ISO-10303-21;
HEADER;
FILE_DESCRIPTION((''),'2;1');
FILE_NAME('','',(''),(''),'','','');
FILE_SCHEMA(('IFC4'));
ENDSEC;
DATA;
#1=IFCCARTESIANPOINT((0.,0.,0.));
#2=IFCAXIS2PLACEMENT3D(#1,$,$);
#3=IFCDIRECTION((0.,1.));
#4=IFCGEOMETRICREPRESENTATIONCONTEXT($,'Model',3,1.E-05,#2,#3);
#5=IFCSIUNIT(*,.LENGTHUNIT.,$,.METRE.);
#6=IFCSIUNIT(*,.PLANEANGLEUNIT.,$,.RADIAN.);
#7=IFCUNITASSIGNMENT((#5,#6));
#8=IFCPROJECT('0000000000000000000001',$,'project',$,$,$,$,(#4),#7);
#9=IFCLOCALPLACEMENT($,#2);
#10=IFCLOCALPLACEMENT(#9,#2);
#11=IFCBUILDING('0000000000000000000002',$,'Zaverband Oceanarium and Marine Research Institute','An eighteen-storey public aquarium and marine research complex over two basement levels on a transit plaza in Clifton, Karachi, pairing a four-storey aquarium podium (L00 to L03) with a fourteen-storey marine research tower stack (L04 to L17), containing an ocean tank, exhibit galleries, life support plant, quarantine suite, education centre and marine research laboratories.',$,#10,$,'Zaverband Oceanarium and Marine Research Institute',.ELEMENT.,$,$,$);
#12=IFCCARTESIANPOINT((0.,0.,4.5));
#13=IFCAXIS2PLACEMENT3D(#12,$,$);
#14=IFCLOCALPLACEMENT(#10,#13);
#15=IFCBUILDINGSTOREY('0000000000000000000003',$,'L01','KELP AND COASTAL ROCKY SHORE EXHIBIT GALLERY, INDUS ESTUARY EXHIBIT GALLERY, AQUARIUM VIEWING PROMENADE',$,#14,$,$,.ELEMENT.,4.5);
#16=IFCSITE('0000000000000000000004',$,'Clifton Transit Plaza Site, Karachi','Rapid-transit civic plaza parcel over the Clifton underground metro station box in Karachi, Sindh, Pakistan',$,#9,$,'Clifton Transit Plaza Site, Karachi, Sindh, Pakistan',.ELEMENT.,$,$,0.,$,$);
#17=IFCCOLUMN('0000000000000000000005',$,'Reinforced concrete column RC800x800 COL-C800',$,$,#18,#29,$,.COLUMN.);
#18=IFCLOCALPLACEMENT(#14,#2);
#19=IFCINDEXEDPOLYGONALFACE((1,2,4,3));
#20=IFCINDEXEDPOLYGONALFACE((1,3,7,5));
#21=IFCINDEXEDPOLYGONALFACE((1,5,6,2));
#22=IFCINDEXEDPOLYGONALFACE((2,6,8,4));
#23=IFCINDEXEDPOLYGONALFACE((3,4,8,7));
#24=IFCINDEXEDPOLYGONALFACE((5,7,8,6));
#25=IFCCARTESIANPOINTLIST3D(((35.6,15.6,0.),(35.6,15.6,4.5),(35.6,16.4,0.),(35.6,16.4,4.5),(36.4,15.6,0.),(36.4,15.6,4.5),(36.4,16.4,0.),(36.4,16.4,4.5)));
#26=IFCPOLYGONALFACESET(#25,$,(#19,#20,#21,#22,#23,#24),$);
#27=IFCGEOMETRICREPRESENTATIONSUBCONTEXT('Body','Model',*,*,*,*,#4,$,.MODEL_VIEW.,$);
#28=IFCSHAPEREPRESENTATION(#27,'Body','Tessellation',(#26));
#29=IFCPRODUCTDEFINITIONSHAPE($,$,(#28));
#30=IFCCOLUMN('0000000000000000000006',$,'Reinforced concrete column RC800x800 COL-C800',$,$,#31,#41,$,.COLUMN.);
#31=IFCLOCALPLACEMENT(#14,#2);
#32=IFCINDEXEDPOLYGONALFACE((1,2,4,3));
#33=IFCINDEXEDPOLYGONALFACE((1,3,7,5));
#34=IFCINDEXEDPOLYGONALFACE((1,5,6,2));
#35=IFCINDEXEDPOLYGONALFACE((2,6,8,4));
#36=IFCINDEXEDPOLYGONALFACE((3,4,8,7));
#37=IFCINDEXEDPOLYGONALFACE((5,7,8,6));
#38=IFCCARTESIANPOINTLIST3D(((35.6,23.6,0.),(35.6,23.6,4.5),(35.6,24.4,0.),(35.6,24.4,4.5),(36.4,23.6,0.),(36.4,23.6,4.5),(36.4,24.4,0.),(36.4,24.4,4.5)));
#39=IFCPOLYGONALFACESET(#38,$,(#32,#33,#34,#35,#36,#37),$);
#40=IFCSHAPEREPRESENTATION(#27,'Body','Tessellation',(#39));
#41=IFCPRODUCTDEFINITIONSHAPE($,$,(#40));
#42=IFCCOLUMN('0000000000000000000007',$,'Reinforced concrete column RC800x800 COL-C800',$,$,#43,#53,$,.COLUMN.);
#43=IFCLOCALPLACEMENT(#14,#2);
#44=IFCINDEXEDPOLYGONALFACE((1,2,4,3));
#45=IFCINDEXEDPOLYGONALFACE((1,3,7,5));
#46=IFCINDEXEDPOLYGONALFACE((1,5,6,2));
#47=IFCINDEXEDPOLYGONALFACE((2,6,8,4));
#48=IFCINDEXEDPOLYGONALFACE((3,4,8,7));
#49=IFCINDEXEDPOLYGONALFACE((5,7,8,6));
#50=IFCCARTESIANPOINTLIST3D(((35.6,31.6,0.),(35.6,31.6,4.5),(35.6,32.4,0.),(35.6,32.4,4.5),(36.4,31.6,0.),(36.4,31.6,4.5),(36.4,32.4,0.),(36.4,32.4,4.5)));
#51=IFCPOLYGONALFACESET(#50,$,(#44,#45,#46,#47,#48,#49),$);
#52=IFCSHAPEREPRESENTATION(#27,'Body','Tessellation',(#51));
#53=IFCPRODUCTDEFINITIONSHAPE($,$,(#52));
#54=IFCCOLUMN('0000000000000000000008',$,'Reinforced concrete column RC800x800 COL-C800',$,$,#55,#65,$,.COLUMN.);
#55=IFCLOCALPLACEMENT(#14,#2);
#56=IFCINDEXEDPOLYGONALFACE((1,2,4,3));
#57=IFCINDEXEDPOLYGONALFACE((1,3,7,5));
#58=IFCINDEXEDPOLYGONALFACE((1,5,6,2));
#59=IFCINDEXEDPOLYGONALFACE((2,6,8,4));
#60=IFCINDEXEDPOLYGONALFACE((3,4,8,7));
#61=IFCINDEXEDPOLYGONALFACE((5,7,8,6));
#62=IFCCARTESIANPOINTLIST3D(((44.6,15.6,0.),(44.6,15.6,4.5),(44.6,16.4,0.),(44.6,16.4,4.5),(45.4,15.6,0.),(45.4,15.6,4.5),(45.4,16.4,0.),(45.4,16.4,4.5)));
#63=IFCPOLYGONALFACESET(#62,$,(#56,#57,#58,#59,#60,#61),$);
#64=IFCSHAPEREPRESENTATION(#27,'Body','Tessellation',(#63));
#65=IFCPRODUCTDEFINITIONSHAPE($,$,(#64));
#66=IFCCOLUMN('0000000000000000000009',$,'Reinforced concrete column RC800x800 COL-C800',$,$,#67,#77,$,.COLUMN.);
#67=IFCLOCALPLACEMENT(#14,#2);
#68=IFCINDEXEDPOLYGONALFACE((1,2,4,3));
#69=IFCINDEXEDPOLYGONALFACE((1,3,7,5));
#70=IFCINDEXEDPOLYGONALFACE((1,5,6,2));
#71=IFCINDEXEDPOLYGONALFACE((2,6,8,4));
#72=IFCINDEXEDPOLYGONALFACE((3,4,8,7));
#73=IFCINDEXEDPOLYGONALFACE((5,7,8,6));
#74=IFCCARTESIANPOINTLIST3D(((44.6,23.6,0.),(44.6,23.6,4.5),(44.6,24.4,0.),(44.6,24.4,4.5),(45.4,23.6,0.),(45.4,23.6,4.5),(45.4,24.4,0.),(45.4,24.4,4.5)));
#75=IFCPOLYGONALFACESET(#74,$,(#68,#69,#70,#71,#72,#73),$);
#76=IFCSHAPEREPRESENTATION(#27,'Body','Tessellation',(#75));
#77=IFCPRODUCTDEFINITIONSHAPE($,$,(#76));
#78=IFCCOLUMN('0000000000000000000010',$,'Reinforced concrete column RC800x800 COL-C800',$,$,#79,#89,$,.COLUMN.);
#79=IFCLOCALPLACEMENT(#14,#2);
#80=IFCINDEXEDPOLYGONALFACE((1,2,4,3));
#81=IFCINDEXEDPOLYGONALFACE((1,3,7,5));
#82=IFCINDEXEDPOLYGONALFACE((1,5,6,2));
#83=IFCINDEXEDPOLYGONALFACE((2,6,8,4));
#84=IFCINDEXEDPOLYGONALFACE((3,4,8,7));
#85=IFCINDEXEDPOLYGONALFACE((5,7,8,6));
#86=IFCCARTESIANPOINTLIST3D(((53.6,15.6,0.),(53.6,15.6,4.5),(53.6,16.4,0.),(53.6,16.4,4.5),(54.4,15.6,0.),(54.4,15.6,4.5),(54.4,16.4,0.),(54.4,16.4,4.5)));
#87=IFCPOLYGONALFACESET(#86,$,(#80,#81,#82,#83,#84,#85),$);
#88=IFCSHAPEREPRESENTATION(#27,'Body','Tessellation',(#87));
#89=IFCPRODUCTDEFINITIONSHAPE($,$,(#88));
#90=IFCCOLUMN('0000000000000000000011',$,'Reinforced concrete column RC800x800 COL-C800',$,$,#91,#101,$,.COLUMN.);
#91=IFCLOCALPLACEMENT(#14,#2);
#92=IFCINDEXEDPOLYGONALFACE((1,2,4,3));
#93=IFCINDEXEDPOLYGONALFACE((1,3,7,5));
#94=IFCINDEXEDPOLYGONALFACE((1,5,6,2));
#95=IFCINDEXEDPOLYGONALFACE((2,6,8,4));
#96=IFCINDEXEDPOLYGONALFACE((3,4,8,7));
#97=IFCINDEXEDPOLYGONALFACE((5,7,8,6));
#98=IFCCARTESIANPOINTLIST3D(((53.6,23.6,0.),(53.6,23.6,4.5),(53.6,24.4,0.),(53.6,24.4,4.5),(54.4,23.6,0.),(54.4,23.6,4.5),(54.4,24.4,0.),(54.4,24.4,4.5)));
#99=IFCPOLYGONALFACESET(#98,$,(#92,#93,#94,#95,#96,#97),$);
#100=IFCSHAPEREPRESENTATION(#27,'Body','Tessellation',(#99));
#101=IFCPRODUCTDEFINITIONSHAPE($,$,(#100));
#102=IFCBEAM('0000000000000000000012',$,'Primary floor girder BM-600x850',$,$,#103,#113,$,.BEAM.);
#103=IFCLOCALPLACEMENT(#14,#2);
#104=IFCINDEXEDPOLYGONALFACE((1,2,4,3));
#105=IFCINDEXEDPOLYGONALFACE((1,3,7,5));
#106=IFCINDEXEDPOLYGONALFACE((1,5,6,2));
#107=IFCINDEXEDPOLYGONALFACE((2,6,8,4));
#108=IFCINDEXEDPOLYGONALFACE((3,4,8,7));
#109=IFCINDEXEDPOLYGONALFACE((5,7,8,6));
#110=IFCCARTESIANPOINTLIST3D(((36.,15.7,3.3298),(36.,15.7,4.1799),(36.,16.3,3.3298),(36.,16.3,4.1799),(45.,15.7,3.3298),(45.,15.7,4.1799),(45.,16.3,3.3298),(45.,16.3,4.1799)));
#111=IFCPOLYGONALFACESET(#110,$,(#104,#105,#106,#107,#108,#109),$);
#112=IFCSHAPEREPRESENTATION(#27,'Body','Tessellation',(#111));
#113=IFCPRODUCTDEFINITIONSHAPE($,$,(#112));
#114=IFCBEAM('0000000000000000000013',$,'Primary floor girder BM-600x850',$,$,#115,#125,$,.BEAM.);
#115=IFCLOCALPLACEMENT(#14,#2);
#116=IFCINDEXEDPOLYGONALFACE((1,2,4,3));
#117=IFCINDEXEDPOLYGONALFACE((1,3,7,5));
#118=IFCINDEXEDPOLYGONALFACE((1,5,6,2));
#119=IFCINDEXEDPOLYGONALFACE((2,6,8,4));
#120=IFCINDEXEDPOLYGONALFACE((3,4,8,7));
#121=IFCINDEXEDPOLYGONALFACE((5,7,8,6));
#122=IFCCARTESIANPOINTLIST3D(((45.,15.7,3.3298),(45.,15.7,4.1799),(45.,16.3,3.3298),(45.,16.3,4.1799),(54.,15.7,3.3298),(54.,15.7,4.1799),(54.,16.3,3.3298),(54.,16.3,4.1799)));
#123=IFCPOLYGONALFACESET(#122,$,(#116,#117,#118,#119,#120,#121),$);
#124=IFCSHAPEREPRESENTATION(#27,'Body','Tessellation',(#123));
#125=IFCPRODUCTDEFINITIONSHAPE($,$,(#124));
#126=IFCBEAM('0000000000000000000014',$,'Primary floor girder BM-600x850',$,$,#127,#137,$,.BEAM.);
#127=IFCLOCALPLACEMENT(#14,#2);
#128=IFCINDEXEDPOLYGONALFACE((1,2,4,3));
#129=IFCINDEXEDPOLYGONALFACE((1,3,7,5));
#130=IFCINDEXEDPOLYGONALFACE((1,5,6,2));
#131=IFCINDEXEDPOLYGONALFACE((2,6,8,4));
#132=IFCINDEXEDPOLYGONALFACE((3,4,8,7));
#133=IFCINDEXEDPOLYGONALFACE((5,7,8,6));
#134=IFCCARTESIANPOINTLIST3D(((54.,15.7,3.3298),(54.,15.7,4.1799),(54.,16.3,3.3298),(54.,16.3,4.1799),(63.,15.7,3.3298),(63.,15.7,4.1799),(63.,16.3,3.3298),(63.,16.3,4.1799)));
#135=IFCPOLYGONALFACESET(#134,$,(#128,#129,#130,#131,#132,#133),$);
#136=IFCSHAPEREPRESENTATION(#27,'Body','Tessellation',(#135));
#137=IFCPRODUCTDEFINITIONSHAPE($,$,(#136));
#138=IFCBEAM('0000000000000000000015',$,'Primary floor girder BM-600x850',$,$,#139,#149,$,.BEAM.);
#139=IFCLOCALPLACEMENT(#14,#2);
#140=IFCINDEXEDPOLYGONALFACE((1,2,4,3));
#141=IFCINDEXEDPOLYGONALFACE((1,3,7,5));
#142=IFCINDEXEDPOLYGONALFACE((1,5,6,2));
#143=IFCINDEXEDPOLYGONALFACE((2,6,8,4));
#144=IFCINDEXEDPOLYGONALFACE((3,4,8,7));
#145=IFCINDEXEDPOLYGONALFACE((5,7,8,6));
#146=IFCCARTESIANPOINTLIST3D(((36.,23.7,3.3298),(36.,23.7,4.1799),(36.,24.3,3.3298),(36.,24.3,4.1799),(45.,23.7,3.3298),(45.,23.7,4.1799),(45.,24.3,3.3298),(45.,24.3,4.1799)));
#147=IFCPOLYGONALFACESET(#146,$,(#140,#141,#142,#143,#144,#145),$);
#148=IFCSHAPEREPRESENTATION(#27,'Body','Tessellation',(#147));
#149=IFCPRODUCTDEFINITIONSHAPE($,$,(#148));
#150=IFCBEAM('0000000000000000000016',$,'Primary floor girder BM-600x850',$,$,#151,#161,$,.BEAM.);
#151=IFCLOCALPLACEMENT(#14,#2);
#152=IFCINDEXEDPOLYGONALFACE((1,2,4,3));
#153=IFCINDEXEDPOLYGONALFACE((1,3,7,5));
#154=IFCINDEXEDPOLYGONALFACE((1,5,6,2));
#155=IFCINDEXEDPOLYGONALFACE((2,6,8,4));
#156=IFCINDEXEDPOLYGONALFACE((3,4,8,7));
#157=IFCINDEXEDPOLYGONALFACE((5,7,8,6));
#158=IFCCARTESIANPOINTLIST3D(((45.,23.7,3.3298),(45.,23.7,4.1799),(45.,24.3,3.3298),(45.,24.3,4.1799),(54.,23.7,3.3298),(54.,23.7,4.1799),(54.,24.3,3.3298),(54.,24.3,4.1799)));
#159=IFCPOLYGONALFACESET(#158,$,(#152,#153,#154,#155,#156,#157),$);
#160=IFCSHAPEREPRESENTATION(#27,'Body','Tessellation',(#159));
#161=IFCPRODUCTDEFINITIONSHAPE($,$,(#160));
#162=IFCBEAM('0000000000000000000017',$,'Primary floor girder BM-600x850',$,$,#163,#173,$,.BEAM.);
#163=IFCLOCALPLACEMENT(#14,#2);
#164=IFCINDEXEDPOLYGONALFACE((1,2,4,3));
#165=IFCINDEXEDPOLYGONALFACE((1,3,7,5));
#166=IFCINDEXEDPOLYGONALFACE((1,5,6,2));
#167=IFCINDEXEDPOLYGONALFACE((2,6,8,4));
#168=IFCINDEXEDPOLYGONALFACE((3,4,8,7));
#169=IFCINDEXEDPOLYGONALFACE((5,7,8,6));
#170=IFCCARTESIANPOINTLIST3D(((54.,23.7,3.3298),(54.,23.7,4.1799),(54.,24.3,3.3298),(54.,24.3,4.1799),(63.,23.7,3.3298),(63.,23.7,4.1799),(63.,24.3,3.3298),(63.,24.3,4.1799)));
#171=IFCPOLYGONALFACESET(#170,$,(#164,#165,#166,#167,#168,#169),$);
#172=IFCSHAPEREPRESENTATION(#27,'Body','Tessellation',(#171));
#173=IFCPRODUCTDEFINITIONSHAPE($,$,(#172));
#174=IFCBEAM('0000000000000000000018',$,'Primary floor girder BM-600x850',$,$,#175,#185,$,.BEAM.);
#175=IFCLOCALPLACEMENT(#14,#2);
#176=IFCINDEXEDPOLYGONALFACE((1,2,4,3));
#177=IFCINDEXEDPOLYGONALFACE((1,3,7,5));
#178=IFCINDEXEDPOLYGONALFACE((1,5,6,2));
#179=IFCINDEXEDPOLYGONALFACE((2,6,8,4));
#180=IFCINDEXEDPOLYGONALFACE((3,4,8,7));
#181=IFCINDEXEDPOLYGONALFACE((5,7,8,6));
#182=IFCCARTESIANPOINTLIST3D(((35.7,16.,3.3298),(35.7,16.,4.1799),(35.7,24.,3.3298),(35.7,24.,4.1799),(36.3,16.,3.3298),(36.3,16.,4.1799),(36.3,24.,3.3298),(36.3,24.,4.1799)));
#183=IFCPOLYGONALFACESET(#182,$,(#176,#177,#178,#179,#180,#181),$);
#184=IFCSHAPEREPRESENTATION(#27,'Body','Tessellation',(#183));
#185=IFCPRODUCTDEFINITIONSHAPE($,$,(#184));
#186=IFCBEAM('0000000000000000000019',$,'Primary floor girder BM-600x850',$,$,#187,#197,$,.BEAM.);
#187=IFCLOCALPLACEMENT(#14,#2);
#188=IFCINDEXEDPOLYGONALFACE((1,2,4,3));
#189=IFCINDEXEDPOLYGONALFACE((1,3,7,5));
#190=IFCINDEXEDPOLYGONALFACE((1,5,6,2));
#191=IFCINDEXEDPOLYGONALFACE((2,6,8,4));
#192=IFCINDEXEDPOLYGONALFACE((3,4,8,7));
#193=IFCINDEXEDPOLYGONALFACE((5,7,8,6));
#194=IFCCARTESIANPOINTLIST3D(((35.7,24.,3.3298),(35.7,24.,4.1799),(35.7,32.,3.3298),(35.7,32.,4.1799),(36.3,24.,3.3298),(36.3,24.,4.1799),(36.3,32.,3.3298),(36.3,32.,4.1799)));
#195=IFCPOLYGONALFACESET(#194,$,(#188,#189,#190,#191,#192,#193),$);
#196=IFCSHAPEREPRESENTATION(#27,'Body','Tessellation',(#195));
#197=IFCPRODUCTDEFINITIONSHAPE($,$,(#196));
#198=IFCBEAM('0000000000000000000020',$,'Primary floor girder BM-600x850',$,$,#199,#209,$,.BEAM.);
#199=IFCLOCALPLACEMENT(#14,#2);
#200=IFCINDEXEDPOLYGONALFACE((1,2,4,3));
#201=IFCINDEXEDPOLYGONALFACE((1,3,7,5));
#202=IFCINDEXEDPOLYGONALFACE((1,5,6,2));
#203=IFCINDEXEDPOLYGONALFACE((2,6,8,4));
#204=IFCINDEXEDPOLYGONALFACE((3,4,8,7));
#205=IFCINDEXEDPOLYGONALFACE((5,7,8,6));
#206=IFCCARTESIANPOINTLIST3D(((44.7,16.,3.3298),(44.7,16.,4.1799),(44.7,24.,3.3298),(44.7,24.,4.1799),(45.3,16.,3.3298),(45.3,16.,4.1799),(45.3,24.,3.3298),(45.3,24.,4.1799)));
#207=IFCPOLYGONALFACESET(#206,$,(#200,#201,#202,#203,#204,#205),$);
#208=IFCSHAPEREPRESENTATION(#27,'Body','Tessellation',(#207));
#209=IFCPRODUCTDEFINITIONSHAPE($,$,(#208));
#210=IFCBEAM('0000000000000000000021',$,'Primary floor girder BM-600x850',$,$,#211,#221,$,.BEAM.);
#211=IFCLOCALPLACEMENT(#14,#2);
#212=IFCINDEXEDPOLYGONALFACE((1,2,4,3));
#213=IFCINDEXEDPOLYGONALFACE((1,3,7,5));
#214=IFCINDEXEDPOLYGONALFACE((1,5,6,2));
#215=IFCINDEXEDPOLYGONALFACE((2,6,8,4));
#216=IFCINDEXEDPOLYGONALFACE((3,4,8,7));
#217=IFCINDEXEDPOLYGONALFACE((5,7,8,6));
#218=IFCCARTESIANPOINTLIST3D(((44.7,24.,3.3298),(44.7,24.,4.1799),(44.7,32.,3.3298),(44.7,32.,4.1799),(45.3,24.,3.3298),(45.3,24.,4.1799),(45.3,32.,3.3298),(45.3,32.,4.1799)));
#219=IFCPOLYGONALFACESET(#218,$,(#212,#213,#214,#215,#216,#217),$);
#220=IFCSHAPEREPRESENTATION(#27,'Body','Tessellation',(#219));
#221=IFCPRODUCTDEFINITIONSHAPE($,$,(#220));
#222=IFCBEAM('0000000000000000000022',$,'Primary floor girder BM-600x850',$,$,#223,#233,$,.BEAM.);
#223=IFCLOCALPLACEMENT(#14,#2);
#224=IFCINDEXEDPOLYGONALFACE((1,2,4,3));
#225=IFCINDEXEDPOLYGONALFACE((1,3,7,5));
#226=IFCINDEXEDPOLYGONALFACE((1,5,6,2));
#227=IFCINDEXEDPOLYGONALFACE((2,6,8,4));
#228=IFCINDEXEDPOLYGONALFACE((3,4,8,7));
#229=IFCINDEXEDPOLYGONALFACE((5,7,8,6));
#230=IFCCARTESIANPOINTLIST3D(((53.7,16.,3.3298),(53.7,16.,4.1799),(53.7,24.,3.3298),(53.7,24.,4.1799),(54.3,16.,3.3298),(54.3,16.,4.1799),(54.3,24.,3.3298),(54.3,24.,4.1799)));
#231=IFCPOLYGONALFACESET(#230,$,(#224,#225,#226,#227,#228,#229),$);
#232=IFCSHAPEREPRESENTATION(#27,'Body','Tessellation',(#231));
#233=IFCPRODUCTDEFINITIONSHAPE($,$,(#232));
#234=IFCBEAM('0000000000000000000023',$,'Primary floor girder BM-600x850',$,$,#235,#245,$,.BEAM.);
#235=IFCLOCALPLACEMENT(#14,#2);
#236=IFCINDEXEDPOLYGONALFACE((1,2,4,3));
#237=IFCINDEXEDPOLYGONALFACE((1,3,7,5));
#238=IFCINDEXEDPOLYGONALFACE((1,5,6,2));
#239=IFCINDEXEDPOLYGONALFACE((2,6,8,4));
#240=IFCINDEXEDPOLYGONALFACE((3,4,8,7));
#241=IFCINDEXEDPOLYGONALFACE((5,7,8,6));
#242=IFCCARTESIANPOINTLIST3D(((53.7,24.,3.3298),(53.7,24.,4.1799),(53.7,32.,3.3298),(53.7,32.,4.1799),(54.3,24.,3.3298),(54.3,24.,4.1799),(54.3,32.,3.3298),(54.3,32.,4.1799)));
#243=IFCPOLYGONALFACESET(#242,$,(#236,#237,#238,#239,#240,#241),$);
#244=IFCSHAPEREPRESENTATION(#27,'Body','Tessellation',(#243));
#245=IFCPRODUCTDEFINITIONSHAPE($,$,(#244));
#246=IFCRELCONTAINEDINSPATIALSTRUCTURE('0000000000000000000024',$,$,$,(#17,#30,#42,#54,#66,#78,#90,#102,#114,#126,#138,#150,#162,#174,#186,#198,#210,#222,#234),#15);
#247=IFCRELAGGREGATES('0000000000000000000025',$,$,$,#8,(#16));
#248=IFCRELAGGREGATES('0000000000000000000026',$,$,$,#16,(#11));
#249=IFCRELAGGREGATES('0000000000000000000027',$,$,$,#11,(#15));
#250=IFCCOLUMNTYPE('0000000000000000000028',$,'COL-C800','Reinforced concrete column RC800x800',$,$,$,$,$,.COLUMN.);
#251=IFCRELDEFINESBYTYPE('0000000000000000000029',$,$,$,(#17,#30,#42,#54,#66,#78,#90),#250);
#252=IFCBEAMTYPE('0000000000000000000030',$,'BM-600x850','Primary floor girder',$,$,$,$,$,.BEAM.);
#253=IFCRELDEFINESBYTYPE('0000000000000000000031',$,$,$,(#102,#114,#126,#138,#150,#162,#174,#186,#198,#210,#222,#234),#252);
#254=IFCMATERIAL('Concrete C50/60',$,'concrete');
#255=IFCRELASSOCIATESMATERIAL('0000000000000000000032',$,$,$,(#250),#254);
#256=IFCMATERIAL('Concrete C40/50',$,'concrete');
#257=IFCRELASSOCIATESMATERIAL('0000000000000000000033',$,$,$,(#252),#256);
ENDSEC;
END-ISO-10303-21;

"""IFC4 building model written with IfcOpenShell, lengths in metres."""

from ifc_helpers import new_model, si_unit, direction, frame, origin, origin_2d, place, context, subcontext, project, spatial, rectangle, extrude, material, material_profile, profile_set, type_object, element, save


model = new_model("IFC4")

# Units and contexts
model_context = context("Model", 3, precision=1e-05, world=origin(), true_north=direction((0.0, 1.0)))
body_context = subcontext(model_context, "Body", "Model", "MODEL_VIEW")
ifc_project = project(units=[si_unit("LENGTHUNIT", "METRE"), si_unit("PLANEANGLEUNIT", "RADIAN")], contexts=[model_context])

# Site, building, storey
site_placement = place(None, origin())
site = spatial("IfcSite", under=ifc_project, at=site_placement, Name="Clifton Transit Plaza Site, Karachi", Description="Rapid-transit civic plaza parcel over the Clifton underground metro station box in Karachi, Sindh, Pakistan", LongName="Clifton Transit Plaza Site, Karachi, Sindh, Pakistan", CompositionType="ELEMENT", RefElevation=0.0)
building_placement = place(site_placement, origin())
building = spatial("IfcBuilding", under=site, at=building_placement, Name="Zaverband Oceanarium and Marine Research Institute", Description="An eighteen-storey public aquarium and marine research complex over two basement levels on a transit plaza in Clifton, Karachi, pairing a four-storey aquarium podium (L00 to L03) with a fourteen-storey marine research tower stack (L04 to L17), containing an ocean tank, exhibit galleries, life support plant, quarantine suite, education centre and marine research laboratories.", LongName="Zaverband Oceanarium and Marine Research Institute", CompositionType="ELEMENT")
storey_placement = place(building_placement, frame((0.0, 0.0, 4.5)))
storey = spatial("IfcBuildingStorey", under=building, at=storey_placement, Name="L01", Description="KELP AND COASTAL ROCKY SHORE EXHIBIT GALLERY, INDUS ESTUARY EXHIBIT GALLERY, AQUARIUM VIEWING PROMENADE", CompositionType="ELEMENT", Elevation=4.5)

# Columns
ifc_material_1 = material(Name="Concrete C50/60", Category="concrete")
ifc_material_profile_1 = material_profile(ifc_material_1, rectangle(XDim=0.8, YDim=0.8, at=origin_2d()), Name="RC800x800")
ifc_profile_set_1 = profile_set([ifc_material_profile_1], Name="Concrete C50/60")
column_type = type_object("IfcColumnType", Name="COL-C800", Description="Reinforced concrete column RC800x800", PredefinedType="COLUMN", material=ifc_profile_set_1)
for number, where, z_axis, x_axis, name in (
    (1, (36.0, 16.0, 0.0), (0.0, 0.0, 1.0), (1.0, 0.0, 0.0), "Reinforced concrete column RC800x800 COL-C800"),
    (2, (36.0, 24.0, 0.0), (0.0, 0.0, 1.0), (1.0, 0.0, 0.0), "Reinforced concrete column RC800x800 COL-C800"),
    (3, (36.0, 32.0, 0.0), (0.0, 0.0, 1.0), (1.0, 0.0, 0.0), "Reinforced concrete column RC800x800 COL-C800"),
    (4, (45.0, 16.0, 0.0), (0.0, 0.0, 1.0), (1.0, 0.0, 0.0), "Reinforced concrete column RC800x800 COL-C800"),
    (5, (45.0, 24.0, 0.0), (0.0, 0.0, 1.0), (1.0, 0.0, 0.0), "Reinforced concrete column RC800x800 COL-C800"),
    (6, (54.0, 16.0, 0.0), (0.0, 0.0, 1.0), (1.0, 0.0, 0.0), "Reinforced concrete column RC800x800 COL-C800"),
    (7, (54.0, 24.0, 0.0), (0.0, 0.0, 1.0), (1.0, 0.0, 0.0), "Reinforced concrete column RC800x800 COL-C800"),
):
    element("IfcColumn", number, at=place(storey_placement, frame(where, z_axis=z_axis, x_axis=x_axis)), inside=storey, type_object=column_type, Name=name, PredefinedType="COLUMN", context=body_context, shape_type="SweptSolid", body=[
        extrude(rectangle(XDim=0.8, YDim=0.8, at=origin_2d()), origin(), (0.0, 0.0, 1.0), 4.5),
    ])

# Beams
ifc_material_2 = material(Name="Concrete C40/50", Category="concrete")
ifc_material_profile_2 = material_profile(ifc_material_2, rectangle(XDim=0.6001, YDim=0.8501, at=origin_2d()), Name="RC600x850")
ifc_profile_set_2 = profile_set([ifc_material_profile_2], Name="Concrete C40/50")
beam_type_1 = type_object("IfcBeamType", Name="BM-600x850", Description="Primary floor girder", PredefinedType="BEAM", material=ifc_profile_set_2)
for number, where, z_axis, x_axis, name in (
    (8, (36.0, 16.0, 3.7549), (1.0, 0.0, 0.0), (0.0, 1.0, 0.0), "Primary floor girder BM-600x850"),
    (9, (45.0, 16.0, 3.7549), (1.0, 0.0, 0.0), (0.0, 1.0, 0.0), "Primary floor girder BM-600x850"),
    (10, (54.0, 16.0, 3.7549), (1.0, 0.0, 0.0), (0.0, 1.0, 0.0), "Primary floor girder BM-600x850"),
    (11, (36.0, 24.0, 3.7549), (1.0, 0.0, 0.0), (0.0, 1.0, 0.0), "Primary floor girder BM-600x850"),
    (12, (45.0, 24.0, 3.7549), (1.0, 0.0, 0.0), (0.0, 1.0, 0.0), "Primary floor girder BM-600x850"),
    (13, (54.0, 24.0, 3.7549), (1.0, 0.0, 0.0), (0.0, 1.0, 0.0), "Primary floor girder BM-600x850"),
):
    element("IfcBeam", number, at=place(storey_placement, frame(where, z_axis=z_axis, x_axis=x_axis)), inside=storey, type_object=beam_type_1, Name=name, PredefinedType="BEAM", context=body_context, shape_type="SweptSolid", body=[
        extrude(rectangle(XDim=0.6001, YDim=0.8501, at=origin_2d()), origin(), (0.0, 0.0, 1.0), 9.0),
    ])
for number, where, z_axis, x_axis, name in (
    (14, (36.0, 16.0, 3.7549), (0.0, 1.0, 0.0), (-1.0, 0.0, 0.0), "Primary floor girder BM-600x850"),
    (15, (36.0, 24.0, 3.7549), (0.0, 1.0, 0.0), (-1.0, 0.0, 0.0), "Primary floor girder BM-600x850"),
    (16, (45.0, 16.0, 3.7549), (0.0, 1.0, 0.0), (-1.0, 0.0, 0.0), "Primary floor girder BM-600x850"),
    (17, (45.0, 24.0, 3.7549), (0.0, 1.0, 0.0), (-1.0, 0.0, 0.0), "Primary floor girder BM-600x850"),
    (18, (54.0, 16.0, 3.7549), (0.0, 1.0, 0.0), (-1.0, 0.0, 0.0), "Primary floor girder BM-600x850"),
    (19, (54.0, 24.0, 3.7549), (0.0, 1.0, 0.0), (-1.0, 0.0, 0.0), "Primary floor girder BM-600x850"),
):
    element("IfcBeam", number, at=place(storey_placement, frame(where, z_axis=z_axis, x_axis=x_axis)), inside=storey, type_object=beam_type_1, Name=name, PredefinedType="BEAM", context=body_context, shape_type="SweptSolid", body=[
        extrude(rectangle(XDim=0.6001, YDim=0.8501, at=origin_2d()), origin(), (0.0, 0.0, 1.0), 8.0),
    ])

save(model, "model.ifc")
